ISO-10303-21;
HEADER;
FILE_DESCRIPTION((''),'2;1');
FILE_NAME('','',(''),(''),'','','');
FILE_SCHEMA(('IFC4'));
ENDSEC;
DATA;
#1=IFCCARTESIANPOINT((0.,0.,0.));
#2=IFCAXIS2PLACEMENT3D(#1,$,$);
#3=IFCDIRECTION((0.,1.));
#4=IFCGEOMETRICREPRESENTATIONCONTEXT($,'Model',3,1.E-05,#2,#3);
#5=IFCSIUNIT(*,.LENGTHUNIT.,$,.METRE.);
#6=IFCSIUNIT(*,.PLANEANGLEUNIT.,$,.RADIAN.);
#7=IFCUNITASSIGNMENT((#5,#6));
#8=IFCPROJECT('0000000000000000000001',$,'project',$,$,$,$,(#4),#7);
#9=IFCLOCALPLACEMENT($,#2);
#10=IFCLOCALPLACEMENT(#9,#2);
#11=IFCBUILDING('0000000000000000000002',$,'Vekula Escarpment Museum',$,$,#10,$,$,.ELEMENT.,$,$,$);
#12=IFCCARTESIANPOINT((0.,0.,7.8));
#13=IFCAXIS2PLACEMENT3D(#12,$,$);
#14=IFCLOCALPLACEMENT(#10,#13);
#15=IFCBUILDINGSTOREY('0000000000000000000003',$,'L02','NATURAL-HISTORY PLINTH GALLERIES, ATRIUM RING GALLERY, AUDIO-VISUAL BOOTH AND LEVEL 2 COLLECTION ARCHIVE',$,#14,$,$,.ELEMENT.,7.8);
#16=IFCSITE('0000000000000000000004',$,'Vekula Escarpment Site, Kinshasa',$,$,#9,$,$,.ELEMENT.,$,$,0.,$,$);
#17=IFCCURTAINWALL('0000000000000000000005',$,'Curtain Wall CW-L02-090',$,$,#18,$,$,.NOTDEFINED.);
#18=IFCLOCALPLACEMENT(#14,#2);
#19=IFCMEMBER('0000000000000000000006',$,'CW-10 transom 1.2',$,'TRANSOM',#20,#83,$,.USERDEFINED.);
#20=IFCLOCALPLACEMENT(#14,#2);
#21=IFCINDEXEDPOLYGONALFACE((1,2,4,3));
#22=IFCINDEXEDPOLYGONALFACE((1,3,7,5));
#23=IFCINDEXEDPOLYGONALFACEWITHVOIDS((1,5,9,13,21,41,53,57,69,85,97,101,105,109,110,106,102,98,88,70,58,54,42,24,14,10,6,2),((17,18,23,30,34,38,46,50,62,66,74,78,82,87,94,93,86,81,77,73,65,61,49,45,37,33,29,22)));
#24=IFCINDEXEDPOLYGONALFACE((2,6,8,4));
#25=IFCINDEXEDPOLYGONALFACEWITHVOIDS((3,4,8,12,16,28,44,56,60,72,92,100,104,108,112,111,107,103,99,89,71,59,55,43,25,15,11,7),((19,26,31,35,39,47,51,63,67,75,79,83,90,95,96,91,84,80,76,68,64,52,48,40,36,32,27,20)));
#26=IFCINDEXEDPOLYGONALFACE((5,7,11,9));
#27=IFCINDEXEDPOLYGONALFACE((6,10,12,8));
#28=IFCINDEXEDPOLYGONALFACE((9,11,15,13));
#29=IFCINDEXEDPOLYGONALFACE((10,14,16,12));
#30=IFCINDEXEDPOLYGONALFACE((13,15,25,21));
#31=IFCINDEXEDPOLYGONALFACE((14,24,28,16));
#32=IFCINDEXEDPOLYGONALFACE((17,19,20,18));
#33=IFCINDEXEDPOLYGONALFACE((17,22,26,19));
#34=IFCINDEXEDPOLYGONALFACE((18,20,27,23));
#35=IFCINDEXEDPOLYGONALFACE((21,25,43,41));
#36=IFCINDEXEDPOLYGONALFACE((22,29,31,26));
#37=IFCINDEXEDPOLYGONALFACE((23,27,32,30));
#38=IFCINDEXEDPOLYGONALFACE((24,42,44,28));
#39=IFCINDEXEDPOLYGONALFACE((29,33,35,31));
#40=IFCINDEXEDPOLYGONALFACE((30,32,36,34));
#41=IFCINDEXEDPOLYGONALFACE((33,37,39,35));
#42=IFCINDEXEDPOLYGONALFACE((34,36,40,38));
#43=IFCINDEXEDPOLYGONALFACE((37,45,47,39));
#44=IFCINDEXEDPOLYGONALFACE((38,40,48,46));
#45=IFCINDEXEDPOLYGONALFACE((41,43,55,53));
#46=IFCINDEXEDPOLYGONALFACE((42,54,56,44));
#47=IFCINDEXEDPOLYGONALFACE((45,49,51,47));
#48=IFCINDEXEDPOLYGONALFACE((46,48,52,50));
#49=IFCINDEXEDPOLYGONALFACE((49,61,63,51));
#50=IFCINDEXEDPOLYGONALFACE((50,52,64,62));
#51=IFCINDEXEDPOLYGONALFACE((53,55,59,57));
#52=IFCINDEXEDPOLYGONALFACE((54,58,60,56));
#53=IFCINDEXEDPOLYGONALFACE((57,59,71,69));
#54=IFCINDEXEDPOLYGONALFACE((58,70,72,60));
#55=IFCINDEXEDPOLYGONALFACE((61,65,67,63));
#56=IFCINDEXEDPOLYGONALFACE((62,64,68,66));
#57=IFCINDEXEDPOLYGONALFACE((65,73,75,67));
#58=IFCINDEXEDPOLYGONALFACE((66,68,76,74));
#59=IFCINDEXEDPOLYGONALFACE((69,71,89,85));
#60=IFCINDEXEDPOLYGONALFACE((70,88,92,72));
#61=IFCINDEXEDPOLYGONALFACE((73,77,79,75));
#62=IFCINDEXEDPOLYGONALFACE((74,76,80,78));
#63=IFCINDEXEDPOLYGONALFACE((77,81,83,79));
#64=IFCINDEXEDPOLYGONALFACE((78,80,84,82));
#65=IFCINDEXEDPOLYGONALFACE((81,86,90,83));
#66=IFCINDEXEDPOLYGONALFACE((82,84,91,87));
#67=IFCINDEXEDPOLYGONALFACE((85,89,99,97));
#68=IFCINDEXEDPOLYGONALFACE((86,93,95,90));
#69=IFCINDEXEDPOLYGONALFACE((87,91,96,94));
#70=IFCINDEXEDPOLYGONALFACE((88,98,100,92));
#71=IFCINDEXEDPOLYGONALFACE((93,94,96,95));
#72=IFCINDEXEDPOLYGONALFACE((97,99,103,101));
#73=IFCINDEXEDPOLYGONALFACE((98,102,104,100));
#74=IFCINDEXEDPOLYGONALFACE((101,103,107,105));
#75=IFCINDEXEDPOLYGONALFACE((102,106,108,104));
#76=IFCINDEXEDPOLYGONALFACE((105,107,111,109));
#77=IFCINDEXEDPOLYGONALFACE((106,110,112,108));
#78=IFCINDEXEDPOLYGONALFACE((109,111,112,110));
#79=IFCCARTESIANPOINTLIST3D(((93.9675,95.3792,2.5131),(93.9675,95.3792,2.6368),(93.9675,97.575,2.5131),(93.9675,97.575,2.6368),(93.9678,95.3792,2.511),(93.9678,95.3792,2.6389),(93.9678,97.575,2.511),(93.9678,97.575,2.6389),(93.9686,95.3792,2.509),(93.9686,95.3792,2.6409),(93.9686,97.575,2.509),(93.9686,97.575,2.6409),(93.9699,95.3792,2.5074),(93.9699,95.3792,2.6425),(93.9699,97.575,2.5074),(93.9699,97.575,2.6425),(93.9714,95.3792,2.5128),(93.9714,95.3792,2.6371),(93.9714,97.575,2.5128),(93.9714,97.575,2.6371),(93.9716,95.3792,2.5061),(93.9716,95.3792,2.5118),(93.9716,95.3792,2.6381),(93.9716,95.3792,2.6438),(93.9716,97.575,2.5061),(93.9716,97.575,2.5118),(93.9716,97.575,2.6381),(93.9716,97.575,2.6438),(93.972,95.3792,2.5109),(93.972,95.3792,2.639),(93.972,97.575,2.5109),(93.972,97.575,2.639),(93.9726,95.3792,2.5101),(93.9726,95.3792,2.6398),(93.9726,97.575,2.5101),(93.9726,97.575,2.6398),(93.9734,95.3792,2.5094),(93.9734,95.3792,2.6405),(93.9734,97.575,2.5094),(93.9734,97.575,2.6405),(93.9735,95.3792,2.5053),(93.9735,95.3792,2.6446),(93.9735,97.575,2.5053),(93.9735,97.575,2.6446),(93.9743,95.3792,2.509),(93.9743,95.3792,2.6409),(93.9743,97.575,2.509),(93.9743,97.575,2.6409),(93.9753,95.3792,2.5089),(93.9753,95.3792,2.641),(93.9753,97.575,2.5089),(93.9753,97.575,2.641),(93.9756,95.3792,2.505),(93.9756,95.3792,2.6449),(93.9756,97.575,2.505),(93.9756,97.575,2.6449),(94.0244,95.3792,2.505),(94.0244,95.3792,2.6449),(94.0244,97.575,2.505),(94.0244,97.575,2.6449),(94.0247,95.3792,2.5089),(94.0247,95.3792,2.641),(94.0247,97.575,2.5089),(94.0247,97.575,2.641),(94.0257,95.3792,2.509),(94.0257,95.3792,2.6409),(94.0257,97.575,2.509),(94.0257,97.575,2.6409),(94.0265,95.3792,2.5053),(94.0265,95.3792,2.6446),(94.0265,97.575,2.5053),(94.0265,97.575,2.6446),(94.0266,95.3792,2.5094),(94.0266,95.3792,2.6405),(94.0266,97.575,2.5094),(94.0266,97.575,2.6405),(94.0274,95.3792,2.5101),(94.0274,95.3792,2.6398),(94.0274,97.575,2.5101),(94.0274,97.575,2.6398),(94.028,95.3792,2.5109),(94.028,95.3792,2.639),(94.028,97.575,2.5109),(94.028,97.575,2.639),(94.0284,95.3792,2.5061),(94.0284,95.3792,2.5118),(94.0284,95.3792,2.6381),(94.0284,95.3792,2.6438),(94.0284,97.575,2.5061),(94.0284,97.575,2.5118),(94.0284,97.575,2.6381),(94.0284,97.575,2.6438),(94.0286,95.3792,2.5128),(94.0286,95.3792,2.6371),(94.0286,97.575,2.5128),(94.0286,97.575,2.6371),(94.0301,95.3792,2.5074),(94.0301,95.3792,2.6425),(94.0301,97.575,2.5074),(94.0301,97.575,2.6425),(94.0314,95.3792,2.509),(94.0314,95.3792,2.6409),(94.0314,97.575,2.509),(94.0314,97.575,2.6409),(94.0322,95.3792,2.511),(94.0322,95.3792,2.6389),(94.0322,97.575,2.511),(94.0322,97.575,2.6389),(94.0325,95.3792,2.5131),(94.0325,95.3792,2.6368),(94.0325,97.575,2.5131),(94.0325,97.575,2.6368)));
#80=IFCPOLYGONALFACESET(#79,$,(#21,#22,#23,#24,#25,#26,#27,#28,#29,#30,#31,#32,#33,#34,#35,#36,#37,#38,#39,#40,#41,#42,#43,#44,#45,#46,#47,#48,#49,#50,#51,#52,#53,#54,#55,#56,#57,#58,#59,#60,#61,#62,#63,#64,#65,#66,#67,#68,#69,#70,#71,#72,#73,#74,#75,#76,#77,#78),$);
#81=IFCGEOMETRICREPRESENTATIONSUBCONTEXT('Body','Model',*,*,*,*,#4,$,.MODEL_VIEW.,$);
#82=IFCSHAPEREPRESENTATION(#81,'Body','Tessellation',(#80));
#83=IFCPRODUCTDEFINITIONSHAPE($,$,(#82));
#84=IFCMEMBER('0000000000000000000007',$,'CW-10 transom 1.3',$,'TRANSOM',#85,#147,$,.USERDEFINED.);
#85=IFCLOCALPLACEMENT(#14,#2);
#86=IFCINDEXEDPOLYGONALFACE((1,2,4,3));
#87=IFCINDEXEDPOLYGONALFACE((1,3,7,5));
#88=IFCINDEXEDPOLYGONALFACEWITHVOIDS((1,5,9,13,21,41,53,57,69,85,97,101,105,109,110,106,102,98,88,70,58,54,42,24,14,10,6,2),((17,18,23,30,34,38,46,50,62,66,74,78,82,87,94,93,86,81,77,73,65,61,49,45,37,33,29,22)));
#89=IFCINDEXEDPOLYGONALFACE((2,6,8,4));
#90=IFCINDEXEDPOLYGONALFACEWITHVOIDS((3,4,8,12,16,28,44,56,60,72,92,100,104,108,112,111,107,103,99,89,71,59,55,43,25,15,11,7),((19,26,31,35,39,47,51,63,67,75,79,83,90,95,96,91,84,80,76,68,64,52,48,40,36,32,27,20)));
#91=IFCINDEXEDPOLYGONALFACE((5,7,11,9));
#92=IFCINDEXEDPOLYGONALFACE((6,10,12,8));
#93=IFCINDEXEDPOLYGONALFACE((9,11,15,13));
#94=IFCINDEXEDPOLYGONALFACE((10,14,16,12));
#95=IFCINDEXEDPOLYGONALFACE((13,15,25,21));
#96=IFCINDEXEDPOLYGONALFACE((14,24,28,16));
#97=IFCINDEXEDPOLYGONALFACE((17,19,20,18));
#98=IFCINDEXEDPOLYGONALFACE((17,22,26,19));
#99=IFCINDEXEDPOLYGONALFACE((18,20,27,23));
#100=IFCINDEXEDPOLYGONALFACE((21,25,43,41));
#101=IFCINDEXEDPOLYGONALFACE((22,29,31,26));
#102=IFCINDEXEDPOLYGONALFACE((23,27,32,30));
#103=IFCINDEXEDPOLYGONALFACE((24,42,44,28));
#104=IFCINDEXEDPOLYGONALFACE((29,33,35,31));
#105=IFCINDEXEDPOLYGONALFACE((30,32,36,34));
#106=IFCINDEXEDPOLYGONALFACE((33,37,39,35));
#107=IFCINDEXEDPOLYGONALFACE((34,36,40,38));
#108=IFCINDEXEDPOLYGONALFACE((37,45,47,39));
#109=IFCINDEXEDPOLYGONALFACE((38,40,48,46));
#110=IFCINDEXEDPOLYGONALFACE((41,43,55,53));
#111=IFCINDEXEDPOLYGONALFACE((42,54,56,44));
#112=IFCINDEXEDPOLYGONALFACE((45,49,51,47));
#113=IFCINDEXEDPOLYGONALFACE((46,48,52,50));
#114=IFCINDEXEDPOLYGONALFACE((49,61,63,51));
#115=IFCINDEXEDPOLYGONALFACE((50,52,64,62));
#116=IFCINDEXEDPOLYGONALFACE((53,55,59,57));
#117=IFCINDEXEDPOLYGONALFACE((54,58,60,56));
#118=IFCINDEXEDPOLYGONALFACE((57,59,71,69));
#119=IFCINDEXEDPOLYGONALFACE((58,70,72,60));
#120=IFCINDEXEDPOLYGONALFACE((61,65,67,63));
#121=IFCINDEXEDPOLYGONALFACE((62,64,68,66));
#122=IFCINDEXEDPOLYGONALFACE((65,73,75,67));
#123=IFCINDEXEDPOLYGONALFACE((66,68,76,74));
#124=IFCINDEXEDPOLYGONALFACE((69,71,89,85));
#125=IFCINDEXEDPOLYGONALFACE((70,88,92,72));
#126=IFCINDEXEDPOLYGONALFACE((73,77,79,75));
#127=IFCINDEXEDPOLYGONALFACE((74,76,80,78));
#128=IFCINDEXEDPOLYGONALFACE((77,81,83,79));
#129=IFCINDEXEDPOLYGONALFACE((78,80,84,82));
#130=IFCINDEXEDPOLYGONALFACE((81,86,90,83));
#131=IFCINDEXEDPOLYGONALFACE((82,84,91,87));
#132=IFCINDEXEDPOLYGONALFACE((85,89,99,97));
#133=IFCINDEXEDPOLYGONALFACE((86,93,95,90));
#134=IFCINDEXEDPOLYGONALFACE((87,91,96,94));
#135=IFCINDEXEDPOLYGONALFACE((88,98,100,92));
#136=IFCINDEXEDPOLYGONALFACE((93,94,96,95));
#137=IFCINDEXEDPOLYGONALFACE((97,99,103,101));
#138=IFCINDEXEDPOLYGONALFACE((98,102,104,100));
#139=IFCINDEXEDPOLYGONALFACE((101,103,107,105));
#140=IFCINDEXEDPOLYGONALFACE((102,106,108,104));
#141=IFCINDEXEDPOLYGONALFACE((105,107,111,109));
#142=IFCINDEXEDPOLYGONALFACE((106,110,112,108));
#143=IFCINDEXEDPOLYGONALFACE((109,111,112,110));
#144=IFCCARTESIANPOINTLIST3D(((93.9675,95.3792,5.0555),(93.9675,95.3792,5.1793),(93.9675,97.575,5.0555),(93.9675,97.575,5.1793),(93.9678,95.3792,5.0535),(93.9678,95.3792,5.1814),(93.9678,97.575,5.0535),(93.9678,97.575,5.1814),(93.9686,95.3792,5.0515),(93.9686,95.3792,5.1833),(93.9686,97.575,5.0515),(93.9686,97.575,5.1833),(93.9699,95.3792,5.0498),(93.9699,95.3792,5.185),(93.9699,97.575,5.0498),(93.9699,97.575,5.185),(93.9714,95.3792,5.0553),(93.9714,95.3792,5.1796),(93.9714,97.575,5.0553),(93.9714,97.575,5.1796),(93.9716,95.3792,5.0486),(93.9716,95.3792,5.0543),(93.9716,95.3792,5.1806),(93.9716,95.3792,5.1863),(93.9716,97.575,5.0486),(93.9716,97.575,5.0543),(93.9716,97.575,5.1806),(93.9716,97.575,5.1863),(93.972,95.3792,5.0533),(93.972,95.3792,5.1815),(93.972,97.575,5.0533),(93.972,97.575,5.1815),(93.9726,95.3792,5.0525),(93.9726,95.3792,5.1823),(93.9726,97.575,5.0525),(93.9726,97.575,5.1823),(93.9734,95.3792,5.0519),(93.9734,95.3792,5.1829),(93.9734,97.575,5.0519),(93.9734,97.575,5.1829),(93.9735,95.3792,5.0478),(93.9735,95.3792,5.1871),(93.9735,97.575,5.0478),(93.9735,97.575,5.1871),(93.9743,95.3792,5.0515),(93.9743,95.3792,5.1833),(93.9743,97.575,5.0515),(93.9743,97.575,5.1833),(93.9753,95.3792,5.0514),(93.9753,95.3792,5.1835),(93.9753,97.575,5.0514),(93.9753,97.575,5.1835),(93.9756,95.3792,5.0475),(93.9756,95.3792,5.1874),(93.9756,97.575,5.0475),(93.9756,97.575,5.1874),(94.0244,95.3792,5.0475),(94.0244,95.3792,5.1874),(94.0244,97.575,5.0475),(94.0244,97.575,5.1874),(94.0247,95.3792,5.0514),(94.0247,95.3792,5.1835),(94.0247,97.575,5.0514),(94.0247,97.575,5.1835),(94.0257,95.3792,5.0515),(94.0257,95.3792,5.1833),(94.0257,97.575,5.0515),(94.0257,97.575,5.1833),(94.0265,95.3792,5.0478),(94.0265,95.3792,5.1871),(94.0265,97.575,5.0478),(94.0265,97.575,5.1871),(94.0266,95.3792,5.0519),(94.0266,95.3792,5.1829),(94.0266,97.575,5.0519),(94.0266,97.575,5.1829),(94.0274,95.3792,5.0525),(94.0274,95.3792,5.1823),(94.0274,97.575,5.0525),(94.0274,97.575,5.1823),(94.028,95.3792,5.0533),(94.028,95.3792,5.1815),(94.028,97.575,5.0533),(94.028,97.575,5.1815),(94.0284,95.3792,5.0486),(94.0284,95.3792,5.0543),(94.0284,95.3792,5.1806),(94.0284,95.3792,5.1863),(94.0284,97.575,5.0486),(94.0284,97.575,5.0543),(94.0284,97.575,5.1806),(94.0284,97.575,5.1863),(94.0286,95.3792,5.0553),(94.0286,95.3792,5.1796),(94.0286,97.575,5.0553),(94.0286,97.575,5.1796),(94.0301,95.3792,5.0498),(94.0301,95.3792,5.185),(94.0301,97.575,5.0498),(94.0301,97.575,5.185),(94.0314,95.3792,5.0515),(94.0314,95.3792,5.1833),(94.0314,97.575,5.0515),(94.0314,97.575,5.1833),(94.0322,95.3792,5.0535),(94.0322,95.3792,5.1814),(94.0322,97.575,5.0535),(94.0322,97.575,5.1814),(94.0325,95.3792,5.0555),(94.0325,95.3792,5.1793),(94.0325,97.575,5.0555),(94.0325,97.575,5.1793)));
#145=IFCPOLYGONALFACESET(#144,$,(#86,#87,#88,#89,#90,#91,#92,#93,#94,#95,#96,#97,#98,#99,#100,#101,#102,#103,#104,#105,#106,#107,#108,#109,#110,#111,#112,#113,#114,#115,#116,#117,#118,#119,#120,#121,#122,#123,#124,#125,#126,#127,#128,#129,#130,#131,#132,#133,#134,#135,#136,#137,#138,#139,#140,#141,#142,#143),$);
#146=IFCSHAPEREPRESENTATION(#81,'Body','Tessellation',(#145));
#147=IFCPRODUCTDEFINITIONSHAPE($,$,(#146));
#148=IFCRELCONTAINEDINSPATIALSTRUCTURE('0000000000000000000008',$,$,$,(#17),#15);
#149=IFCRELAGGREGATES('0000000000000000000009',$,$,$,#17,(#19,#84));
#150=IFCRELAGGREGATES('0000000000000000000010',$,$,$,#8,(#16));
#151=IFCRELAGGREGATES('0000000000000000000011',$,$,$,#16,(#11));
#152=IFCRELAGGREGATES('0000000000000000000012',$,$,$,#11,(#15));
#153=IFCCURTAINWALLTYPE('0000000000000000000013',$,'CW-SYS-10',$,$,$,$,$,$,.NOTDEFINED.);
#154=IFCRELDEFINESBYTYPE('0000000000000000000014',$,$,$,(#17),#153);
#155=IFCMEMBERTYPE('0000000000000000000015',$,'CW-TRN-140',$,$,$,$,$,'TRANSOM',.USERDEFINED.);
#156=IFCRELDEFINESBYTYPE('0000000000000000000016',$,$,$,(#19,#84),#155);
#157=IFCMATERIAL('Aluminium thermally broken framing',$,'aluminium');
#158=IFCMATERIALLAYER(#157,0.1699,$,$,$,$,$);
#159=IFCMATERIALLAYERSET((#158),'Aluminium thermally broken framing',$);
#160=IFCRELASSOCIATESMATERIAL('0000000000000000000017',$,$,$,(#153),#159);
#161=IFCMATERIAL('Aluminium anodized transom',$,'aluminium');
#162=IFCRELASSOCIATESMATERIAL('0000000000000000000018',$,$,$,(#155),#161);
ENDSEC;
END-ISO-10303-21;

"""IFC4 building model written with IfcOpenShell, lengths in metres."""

from ifc_helpers import new_model, si_unit, direction, frame, origin, origin_2d, place, context, subcontext, project, spatial, hollow_rectangle, extrude, material, layer, layer_set, material_profile, profile_set, type_object, element, aggregate, save


model = new_model("IFC4")

# Units and contexts
model_context = context("Model", 3, precision=1e-05, world=origin(), true_north=direction((0.0, 1.0)))
body_context = subcontext(model_context, "Body", "Model", "MODEL_VIEW")
ifc_project = project(units=[si_unit("LENGTHUNIT", "METRE"), si_unit("PLANEANGLEUNIT", "RADIAN")], contexts=[model_context])

# Site, building, storey
site_placement = place(None, origin())
site = spatial("IfcSite", under=ifc_project, at=site_placement, Name="Vekula Escarpment Site, Kinshasa", CompositionType="ELEMENT", RefElevation=0.0)
building_placement = place(site_placement, origin())
building = spatial("IfcBuilding", under=site, at=building_placement, Name="Vekula Escarpment Museum", CompositionType="ELEMENT")
storey_placement = place(building_placement, frame((0.0, 0.0, 7.8)))
storey = spatial("IfcBuildingStorey", under=building, at=storey_placement, Name="L02", Description="NATURAL-HISTORY PLINTH GALLERIES, ATRIUM RING GALLERY, AUDIO-VISUAL BOOTH AND LEVEL 2 COLLECTION ARCHIVE", CompositionType="ELEMENT", Elevation=7.8)

# Curtain wall, members
ifc_material_1 = material(Name="Aluminium thermally broken framing", Category="aluminium")
ifc_layer_1 = layer(ifc_material_1, 0.1699)
ifc_layer_set_1 = layer_set([ifc_layer_1], Name="Aluminium thermally broken framing")
curtain_wall_type = type_object("IfcCurtainWallType", Name="CW-SYS-10", PredefinedType="NOTDEFINED", material=ifc_layer_set_1)
curtain_wall_placement = place(storey_placement, origin())
curtain_wall = element("IfcCurtainWall", 1, at=curtain_wall_placement, inside=storey, type_object=curtain_wall_type, Name="Curtain Wall CW-L02-090", PredefinedType="NOTDEFINED")
ifc_material_2 = material(Name="Aluminium anodized transom", Category="aluminium")
ifc_material_profile_1 = material_profile(ifc_material_2, hollow_rectangle(XDim=0.0649, YDim=0.1399, WallThickness=0.0039, InnerFilletRadius=0.0039, OuterFilletRadius=0.0081, at=origin_2d()), Name="ALU 140x65x4")
ifc_profile_set_1 = profile_set([ifc_material_profile_1], Name="Aluminium anodized transom")
member_type_1 = type_object("IfcMemberType", Name="CW-TRN-140", ElementType="TRANSOM", PredefinedType="USERDEFINED", material=ifc_profile_set_1)
member_1_placement = place(storey_placement, frame((94.0, 97.575, 2.575), z_axis=(0.0, -1.0, 0.0), x_axis=(1.0, 0.0, 0.0)))
member_1 = element("IfcMember", 2, at=member_1_placement, type_object=member_type_1, Name="CW-10 transom 1.2", ObjectType="TRANSOM", PredefinedType="USERDEFINED", context=body_context, shape_type="SweptSolid", body=[
    extrude(hollow_rectangle(XDim=0.0649, YDim=0.1399, WallThickness=0.0039, InnerFilletRadius=0.0039, OuterFilletRadius=0.0081, at=origin_2d()), origin(), (0.0, 0.0, 1.0), 2.1958),
])
member_2_placement = place(storey_placement, frame((94.0, 97.575, 5.1174), z_axis=(0.0, -1.0, 0.0), x_axis=(1.0, 0.0, 0.0)))
member_2 = element("IfcMember", 3, at=member_2_placement, type_object=member_type_1, Name="CW-10 transom 1.3", ObjectType="TRANSOM", PredefinedType="USERDEFINED", context=body_context, shape_type="SweptSolid", body=[
    extrude(hollow_rectangle(XDim=0.0649, YDim=0.1399, WallThickness=0.0039, InnerFilletRadius=0.0039, OuterFilletRadius=0.0081, at=origin_2d()), origin(), (0.0, 0.0, 1.0), 2.1958),
])

aggregate(curtain_wall, [member_1, member_2])

save(model, "model.ifc")
